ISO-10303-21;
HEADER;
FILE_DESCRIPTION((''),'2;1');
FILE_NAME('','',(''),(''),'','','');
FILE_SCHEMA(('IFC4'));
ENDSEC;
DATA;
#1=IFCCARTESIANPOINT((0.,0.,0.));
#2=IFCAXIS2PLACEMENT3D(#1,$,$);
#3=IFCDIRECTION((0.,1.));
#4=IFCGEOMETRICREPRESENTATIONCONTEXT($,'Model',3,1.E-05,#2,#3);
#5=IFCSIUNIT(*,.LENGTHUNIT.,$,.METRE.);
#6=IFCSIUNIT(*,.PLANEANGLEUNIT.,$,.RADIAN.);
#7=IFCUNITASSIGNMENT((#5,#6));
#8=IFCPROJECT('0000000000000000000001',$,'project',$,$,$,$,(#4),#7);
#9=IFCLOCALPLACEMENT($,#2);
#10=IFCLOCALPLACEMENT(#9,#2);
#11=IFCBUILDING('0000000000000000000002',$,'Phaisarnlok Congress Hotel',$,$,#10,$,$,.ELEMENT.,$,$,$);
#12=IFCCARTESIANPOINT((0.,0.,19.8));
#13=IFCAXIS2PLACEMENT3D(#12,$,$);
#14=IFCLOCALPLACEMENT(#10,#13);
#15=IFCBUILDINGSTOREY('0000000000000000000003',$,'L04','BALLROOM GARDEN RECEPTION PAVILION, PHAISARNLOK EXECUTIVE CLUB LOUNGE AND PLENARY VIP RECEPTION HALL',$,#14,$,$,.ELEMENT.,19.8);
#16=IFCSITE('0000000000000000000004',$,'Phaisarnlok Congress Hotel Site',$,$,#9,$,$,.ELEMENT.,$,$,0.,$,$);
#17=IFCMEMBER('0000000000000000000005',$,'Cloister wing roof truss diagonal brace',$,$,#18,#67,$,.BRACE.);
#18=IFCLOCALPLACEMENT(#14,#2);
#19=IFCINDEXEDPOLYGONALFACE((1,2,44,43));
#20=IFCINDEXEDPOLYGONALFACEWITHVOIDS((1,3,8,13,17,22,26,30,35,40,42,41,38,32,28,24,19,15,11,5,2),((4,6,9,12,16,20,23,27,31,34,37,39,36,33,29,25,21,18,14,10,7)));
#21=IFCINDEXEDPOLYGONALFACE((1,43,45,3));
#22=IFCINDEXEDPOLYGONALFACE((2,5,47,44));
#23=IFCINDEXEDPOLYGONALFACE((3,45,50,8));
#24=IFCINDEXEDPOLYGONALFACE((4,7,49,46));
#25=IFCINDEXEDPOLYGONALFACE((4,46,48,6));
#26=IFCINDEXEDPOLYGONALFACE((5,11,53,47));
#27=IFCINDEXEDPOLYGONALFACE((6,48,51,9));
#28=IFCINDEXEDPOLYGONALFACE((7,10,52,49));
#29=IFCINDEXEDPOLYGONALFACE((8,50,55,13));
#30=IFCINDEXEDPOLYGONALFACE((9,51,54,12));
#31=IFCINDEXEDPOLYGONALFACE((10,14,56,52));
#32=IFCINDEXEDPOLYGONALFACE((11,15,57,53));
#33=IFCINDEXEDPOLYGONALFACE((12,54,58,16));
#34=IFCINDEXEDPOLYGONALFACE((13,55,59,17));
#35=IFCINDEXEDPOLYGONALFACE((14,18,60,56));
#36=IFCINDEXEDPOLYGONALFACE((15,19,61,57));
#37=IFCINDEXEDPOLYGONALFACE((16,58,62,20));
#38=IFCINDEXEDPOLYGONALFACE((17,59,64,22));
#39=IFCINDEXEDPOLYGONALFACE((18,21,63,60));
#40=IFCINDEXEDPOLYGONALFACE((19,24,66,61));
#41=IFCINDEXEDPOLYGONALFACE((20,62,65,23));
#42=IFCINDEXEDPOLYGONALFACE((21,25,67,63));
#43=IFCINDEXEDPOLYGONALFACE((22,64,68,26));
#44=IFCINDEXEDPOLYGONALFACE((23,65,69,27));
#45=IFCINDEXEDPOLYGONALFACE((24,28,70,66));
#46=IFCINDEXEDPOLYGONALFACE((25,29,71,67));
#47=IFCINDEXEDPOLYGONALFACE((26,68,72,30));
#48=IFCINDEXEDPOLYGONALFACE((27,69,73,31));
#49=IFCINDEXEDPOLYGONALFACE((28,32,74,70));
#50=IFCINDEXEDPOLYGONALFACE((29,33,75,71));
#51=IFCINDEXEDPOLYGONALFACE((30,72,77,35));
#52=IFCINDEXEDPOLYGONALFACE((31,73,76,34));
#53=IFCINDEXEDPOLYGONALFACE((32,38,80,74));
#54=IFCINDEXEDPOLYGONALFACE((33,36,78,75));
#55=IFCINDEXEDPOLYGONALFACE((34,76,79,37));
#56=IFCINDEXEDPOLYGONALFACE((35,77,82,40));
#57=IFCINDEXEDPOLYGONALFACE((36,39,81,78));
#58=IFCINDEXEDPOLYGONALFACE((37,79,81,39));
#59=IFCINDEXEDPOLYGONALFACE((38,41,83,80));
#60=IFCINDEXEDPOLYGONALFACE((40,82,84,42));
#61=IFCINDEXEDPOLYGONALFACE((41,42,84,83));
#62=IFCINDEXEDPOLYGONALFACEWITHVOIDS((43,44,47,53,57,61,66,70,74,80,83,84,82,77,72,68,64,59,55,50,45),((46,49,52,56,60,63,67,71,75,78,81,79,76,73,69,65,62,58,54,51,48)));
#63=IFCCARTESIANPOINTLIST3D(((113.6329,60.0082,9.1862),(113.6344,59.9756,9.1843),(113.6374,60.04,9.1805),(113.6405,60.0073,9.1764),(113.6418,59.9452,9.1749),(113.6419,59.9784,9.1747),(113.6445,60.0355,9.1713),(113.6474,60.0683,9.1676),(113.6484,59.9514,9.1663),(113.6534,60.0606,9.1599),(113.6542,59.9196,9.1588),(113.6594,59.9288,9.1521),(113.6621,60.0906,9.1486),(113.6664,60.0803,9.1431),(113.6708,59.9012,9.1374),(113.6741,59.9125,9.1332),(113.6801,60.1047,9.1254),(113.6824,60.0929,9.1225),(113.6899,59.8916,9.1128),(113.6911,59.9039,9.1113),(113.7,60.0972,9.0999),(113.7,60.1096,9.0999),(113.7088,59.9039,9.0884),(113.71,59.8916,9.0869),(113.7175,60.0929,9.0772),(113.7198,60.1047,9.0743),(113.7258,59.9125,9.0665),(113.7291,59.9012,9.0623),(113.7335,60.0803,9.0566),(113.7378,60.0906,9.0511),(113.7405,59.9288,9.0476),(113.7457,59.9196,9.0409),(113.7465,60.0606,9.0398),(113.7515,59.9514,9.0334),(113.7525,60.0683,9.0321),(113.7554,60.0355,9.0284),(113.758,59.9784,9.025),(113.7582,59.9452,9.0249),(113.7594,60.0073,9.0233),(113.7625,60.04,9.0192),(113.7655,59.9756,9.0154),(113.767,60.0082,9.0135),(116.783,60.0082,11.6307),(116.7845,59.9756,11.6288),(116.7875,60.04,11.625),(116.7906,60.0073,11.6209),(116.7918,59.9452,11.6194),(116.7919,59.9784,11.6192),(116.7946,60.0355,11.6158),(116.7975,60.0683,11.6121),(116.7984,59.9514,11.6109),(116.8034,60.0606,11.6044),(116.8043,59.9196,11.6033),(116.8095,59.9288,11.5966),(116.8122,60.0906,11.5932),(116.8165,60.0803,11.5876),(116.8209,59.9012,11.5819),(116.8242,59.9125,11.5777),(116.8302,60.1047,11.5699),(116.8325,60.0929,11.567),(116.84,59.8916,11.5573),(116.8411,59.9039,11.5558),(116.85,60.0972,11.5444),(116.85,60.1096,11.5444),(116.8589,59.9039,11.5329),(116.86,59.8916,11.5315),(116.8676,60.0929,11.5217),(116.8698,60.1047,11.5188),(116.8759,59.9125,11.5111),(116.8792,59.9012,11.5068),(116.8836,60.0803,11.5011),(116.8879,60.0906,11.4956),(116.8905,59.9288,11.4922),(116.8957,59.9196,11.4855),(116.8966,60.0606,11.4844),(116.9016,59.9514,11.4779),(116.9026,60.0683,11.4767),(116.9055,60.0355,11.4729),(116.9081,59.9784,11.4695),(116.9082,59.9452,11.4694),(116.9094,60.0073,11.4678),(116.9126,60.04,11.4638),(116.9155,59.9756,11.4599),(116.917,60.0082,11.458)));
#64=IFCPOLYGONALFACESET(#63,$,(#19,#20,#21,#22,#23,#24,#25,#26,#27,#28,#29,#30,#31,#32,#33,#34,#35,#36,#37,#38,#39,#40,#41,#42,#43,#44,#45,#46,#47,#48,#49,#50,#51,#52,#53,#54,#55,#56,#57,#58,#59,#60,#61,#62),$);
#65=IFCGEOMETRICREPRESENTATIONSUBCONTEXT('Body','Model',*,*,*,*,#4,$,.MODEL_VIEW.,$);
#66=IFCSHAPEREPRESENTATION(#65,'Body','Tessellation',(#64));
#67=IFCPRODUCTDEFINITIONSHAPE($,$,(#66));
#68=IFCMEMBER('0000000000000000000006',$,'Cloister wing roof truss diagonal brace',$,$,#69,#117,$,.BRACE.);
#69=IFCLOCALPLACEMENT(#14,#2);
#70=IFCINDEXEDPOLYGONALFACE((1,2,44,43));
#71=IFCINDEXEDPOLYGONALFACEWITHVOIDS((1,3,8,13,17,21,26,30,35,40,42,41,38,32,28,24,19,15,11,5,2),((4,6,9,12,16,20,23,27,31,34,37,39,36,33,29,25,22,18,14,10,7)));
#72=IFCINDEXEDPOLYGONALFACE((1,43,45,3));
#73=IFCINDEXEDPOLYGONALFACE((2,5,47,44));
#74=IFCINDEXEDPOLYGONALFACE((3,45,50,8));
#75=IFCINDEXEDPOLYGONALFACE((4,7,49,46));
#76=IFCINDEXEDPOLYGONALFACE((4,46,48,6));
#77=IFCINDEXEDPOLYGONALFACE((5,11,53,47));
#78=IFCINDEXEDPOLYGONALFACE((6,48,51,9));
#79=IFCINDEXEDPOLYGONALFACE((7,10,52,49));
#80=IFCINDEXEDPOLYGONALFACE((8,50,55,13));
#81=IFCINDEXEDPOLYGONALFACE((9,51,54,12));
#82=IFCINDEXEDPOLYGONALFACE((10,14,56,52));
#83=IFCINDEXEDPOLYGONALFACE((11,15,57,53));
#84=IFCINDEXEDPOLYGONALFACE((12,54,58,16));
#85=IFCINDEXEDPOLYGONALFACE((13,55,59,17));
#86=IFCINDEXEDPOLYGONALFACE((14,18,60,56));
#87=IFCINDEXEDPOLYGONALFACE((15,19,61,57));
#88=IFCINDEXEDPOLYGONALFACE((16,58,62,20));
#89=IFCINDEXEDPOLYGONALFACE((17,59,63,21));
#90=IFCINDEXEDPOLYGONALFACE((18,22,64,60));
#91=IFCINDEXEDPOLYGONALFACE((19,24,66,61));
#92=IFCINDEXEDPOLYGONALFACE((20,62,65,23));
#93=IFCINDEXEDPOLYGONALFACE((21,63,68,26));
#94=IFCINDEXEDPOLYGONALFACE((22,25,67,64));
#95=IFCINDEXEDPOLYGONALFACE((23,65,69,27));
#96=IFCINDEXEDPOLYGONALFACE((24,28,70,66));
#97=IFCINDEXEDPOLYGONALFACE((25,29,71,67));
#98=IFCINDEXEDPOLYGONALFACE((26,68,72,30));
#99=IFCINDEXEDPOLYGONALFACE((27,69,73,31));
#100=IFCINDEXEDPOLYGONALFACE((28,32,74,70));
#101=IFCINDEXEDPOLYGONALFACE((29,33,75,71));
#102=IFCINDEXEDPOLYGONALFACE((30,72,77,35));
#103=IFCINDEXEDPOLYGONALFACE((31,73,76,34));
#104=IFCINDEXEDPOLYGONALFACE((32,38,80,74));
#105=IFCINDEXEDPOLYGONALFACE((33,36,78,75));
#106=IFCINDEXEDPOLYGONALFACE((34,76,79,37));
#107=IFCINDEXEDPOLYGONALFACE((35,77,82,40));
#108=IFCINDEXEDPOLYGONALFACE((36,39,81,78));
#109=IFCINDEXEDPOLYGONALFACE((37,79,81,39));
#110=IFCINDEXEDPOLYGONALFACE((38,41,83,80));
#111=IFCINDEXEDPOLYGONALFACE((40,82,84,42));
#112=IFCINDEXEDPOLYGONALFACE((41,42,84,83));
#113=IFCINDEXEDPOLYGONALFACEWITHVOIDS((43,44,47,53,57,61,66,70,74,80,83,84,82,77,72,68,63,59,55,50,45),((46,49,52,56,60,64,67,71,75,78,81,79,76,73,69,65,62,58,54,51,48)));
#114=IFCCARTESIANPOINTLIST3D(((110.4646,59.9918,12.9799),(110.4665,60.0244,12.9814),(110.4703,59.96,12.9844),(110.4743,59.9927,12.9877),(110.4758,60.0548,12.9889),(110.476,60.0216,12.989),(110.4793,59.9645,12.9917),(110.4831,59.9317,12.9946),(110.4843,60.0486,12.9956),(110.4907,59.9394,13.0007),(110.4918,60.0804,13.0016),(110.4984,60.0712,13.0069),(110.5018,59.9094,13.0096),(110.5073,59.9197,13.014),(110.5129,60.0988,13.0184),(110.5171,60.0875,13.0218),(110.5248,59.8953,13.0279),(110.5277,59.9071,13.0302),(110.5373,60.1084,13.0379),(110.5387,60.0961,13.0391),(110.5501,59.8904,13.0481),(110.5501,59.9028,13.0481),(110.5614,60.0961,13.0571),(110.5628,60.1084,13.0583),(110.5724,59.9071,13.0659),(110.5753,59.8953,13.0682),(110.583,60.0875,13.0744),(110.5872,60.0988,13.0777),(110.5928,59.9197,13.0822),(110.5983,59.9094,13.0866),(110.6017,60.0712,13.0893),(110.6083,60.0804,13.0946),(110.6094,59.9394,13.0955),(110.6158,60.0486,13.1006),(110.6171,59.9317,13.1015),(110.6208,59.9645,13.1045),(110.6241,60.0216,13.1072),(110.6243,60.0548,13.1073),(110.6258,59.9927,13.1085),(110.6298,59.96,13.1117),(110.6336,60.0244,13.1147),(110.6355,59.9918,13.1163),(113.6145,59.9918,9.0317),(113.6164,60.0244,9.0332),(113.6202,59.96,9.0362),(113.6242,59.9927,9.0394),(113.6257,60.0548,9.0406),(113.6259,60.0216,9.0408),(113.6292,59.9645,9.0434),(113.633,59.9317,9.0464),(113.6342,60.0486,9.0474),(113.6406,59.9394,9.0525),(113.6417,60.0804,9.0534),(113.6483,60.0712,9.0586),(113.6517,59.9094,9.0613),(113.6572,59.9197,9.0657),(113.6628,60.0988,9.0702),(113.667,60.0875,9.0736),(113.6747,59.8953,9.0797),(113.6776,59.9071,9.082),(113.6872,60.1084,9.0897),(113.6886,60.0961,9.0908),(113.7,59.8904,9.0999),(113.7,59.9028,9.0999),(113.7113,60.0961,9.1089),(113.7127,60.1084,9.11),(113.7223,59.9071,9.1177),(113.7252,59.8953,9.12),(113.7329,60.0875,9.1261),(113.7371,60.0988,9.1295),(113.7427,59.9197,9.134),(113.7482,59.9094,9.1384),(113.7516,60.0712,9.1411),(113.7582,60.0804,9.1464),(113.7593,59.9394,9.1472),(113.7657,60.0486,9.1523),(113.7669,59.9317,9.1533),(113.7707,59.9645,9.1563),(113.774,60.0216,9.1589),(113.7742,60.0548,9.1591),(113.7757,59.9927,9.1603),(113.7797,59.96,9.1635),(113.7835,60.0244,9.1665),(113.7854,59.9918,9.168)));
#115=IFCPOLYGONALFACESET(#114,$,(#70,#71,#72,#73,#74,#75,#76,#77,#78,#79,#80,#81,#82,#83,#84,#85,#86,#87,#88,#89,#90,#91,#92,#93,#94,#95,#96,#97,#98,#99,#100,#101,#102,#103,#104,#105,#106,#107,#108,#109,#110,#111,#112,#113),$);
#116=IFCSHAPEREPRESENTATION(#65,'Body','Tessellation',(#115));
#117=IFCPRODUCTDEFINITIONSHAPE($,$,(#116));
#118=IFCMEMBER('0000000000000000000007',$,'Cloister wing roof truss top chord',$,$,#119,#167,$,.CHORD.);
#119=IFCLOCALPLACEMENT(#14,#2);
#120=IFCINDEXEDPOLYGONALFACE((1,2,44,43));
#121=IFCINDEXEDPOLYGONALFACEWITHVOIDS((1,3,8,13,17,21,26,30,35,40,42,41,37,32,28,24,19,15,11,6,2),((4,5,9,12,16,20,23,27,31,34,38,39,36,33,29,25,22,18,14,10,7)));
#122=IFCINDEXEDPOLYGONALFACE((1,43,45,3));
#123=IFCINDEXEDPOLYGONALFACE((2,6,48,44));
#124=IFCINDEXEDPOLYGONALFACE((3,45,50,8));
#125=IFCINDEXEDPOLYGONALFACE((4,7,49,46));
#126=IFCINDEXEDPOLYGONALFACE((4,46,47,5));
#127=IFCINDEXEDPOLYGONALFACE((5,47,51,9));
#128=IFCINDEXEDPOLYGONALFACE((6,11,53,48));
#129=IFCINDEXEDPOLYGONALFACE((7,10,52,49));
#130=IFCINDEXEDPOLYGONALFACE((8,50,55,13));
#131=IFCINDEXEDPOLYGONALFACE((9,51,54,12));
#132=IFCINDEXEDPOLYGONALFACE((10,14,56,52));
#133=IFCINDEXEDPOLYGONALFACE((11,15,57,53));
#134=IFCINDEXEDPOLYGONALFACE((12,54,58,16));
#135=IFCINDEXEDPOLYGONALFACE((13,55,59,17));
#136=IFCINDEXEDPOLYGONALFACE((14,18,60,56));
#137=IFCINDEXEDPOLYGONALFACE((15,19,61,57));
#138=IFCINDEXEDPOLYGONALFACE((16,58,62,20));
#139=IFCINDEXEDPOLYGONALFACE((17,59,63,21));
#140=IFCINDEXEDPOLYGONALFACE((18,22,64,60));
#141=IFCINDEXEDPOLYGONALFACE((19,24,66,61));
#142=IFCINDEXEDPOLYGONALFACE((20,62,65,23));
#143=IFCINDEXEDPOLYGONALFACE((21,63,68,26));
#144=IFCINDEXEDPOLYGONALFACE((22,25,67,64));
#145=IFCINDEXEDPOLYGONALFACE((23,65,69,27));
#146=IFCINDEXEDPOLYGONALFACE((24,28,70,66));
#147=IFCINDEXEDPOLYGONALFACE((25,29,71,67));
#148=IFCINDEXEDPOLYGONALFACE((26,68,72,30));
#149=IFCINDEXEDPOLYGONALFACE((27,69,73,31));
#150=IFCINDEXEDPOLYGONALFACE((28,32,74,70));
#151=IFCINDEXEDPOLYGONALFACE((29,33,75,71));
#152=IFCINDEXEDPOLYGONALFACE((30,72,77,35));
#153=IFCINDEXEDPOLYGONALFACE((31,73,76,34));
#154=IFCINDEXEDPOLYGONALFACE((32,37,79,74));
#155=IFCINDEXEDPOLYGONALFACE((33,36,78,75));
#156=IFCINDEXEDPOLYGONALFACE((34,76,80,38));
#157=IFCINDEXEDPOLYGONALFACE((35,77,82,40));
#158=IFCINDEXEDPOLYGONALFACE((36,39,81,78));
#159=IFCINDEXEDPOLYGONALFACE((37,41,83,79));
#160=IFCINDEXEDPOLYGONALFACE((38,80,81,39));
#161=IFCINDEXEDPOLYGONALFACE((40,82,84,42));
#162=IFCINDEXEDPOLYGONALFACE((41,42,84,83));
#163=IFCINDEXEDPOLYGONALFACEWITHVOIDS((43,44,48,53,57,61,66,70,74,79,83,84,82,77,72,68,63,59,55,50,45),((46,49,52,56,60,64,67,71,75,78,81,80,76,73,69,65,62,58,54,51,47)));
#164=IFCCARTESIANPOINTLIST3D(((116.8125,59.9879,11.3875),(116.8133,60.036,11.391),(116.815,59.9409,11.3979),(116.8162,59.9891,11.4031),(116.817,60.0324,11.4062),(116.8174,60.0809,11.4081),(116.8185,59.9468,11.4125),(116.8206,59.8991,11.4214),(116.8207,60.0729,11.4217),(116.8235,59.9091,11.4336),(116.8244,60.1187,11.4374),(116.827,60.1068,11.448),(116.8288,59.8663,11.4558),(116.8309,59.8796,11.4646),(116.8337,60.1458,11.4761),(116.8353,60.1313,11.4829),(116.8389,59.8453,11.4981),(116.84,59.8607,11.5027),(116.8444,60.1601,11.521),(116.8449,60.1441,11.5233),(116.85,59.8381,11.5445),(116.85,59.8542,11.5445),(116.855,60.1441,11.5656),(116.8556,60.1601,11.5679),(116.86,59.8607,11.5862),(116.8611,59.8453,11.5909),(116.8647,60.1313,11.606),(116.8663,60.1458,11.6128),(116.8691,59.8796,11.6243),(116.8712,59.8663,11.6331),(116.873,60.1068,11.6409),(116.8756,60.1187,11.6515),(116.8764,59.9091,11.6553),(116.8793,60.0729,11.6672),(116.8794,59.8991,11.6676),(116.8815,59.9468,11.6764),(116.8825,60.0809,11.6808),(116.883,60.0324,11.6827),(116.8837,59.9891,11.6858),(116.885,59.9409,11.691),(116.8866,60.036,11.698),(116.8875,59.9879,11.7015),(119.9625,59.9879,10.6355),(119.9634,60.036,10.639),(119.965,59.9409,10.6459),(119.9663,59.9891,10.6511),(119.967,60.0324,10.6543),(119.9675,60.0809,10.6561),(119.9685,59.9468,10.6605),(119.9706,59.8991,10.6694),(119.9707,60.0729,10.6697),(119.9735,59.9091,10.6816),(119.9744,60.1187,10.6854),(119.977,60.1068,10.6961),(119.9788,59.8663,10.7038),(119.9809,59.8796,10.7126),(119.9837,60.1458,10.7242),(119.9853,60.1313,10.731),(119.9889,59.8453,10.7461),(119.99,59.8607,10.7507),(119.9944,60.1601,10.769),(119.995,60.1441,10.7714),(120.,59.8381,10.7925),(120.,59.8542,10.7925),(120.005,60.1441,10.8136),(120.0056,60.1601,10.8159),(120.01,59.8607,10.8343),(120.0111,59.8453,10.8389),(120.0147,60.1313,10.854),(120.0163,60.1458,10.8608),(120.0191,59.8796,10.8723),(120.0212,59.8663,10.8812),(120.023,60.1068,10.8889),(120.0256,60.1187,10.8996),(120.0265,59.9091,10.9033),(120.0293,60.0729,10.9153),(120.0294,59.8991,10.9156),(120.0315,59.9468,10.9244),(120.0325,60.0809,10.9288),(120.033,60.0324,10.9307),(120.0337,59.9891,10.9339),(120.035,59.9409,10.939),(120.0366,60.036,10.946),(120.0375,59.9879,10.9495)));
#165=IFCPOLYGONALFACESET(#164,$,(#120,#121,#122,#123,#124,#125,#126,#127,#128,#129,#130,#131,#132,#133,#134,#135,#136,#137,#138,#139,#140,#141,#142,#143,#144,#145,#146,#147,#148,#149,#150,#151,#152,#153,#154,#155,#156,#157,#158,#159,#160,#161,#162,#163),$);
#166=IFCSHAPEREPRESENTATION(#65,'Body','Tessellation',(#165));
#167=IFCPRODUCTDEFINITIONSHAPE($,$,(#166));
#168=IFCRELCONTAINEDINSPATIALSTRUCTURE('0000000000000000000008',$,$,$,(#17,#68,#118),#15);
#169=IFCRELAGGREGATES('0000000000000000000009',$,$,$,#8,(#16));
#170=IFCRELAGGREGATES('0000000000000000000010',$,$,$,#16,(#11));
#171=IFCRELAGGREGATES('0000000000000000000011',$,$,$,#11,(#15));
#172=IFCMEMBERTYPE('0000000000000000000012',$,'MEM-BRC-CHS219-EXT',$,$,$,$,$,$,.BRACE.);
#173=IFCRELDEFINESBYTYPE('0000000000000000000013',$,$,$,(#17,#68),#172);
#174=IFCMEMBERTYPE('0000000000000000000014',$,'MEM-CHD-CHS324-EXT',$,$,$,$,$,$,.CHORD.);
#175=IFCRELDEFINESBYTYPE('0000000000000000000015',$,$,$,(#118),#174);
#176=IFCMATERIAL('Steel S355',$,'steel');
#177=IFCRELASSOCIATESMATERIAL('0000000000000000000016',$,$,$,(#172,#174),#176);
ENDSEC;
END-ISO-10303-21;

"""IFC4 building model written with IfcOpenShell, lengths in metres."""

from ifc_helpers import new_model, si_unit, direction, frame, origin, origin_2d, place, context, subcontext, project, spatial, hollow_circle, extrude, material, material_profile, profile_set, type_object, element, save


model = new_model("IFC4")

# Units and contexts
model_context = context("Model", 3, precision=1e-05, world=origin(), true_north=direction((0.0, 1.0)))
body_context = subcontext(model_context, "Body", "Model", "MODEL_VIEW")
ifc_project = project(units=[si_unit("LENGTHUNIT", "METRE"), si_unit("PLANEANGLEUNIT", "RADIAN")], contexts=[model_context])

# Site, building, storey
site_placement = place(None, origin())
site = spatial("IfcSite", under=ifc_project, at=site_placement, Name="Phaisarnlok Congress Hotel Site", CompositionType="ELEMENT", RefElevation=0.0)
building_placement = place(site_placement, origin())
building = spatial("IfcBuilding", under=site, at=building_placement, Name="Phaisarnlok Congress Hotel", CompositionType="ELEMENT")
storey_placement = place(building_placement, frame((0.0, 0.0, 19.8)))
storey = spatial("IfcBuildingStorey", under=building, at=storey_placement, Name="L04", Description="BALLROOM GARDEN RECEPTION PAVILION, PHAISARNLOK EXECUTIVE CLUB LOUNGE AND PLENARY VIP RECEPTION HALL", CompositionType="ELEMENT", Elevation=19.8)

# Shared definitions
ifc_material_1 = material(Name="Steel S355", Category="steel")

# Members
ifc_material_profile_1 = material_profile(ifc_material_1, hollow_circle(Radius=0.1096, WallThickness=0.0125, at=origin_2d()), Name="CHS 219.1x12.5")
ifc_profile_set_1 = profile_set([ifc_material_profile_1], Name="Steel S355")
member_type_1 = type_object("IfcMemberType", Name="MEM-BRC-CHS219-EXT", PredefinedType="BRACE", material=ifc_profile_set_1)
member_1_placement = place(storey_placement, frame((113.7, 60.0, 9.0999), z_axis=(0.790024, 0.0, 0.613076), x_axis=(0.0, 1.0, 0.0)))
element("IfcMember", 1, at=member_1_placement, inside=storey, type_object=member_type_1, Name="Cloister wing roof truss diagonal brace", PredefinedType="BRACE", context=body_context, shape_type="SweptSolid", body=[
    extrude(hollow_circle(Radius=0.1096, WallThickness=0.0125, at=origin_2d()), origin(), (0.0, 0.0, 1.0), 3.9873),
])
member_2_placement = place(storey_placement, frame((113.7, 60.0, 9.0999), z_axis=(-0.623645, 0.0, 0.781708), x_axis=(0.0, -1.0, 0.0)))
element("IfcMember", 2, at=member_2_placement, inside=storey, type_object=member_type_1, Name="Cloister wing roof truss diagonal brace", PredefinedType="BRACE", context=body_context, shape_type="SweptSolid", body=[
    extrude(hollow_circle(Radius=0.1096, WallThickness=0.0125, at=origin_2d()), origin(), (0.0, 0.0, 1.0), 5.0508),
])
ifc_material_profile_2 = material_profile(ifc_material_1, hollow_circle(Radius=0.1619, WallThickness=0.0161, at=origin_2d()), Name="CHS 323.9x16")
ifc_profile_set_2 = profile_set([ifc_material_profile_2], Name="Steel S355")
member_type_2 = type_object("IfcMemberType", Name="MEM-CHD-CHS324-EXT", PredefinedType="CHORD", material=ifc_profile_set_2)
for number, where, z_axis, x_axis, name in (
    (3, (120.0, 60.0, 10.7925), (-0.972669, 0.0, 0.232198), (0.0, -1.0, 0.0), "Cloister wing roof truss top chord"),
):
    element("IfcMember", number, at=place(storey_placement, frame(where, z_axis=z_axis, x_axis=x_axis)), inside=storey, type_object=member_type_2, Name=name, PredefinedType="CHORD", context=body_context, shape_type="SweptSolid", body=[
        extrude(hollow_circle(Radius=0.1619, WallThickness=0.0161, at=origin_2d()), origin(), (0.0, 0.0, 1.0), 3.2385),
    ])

save(model, "model.ifc")
